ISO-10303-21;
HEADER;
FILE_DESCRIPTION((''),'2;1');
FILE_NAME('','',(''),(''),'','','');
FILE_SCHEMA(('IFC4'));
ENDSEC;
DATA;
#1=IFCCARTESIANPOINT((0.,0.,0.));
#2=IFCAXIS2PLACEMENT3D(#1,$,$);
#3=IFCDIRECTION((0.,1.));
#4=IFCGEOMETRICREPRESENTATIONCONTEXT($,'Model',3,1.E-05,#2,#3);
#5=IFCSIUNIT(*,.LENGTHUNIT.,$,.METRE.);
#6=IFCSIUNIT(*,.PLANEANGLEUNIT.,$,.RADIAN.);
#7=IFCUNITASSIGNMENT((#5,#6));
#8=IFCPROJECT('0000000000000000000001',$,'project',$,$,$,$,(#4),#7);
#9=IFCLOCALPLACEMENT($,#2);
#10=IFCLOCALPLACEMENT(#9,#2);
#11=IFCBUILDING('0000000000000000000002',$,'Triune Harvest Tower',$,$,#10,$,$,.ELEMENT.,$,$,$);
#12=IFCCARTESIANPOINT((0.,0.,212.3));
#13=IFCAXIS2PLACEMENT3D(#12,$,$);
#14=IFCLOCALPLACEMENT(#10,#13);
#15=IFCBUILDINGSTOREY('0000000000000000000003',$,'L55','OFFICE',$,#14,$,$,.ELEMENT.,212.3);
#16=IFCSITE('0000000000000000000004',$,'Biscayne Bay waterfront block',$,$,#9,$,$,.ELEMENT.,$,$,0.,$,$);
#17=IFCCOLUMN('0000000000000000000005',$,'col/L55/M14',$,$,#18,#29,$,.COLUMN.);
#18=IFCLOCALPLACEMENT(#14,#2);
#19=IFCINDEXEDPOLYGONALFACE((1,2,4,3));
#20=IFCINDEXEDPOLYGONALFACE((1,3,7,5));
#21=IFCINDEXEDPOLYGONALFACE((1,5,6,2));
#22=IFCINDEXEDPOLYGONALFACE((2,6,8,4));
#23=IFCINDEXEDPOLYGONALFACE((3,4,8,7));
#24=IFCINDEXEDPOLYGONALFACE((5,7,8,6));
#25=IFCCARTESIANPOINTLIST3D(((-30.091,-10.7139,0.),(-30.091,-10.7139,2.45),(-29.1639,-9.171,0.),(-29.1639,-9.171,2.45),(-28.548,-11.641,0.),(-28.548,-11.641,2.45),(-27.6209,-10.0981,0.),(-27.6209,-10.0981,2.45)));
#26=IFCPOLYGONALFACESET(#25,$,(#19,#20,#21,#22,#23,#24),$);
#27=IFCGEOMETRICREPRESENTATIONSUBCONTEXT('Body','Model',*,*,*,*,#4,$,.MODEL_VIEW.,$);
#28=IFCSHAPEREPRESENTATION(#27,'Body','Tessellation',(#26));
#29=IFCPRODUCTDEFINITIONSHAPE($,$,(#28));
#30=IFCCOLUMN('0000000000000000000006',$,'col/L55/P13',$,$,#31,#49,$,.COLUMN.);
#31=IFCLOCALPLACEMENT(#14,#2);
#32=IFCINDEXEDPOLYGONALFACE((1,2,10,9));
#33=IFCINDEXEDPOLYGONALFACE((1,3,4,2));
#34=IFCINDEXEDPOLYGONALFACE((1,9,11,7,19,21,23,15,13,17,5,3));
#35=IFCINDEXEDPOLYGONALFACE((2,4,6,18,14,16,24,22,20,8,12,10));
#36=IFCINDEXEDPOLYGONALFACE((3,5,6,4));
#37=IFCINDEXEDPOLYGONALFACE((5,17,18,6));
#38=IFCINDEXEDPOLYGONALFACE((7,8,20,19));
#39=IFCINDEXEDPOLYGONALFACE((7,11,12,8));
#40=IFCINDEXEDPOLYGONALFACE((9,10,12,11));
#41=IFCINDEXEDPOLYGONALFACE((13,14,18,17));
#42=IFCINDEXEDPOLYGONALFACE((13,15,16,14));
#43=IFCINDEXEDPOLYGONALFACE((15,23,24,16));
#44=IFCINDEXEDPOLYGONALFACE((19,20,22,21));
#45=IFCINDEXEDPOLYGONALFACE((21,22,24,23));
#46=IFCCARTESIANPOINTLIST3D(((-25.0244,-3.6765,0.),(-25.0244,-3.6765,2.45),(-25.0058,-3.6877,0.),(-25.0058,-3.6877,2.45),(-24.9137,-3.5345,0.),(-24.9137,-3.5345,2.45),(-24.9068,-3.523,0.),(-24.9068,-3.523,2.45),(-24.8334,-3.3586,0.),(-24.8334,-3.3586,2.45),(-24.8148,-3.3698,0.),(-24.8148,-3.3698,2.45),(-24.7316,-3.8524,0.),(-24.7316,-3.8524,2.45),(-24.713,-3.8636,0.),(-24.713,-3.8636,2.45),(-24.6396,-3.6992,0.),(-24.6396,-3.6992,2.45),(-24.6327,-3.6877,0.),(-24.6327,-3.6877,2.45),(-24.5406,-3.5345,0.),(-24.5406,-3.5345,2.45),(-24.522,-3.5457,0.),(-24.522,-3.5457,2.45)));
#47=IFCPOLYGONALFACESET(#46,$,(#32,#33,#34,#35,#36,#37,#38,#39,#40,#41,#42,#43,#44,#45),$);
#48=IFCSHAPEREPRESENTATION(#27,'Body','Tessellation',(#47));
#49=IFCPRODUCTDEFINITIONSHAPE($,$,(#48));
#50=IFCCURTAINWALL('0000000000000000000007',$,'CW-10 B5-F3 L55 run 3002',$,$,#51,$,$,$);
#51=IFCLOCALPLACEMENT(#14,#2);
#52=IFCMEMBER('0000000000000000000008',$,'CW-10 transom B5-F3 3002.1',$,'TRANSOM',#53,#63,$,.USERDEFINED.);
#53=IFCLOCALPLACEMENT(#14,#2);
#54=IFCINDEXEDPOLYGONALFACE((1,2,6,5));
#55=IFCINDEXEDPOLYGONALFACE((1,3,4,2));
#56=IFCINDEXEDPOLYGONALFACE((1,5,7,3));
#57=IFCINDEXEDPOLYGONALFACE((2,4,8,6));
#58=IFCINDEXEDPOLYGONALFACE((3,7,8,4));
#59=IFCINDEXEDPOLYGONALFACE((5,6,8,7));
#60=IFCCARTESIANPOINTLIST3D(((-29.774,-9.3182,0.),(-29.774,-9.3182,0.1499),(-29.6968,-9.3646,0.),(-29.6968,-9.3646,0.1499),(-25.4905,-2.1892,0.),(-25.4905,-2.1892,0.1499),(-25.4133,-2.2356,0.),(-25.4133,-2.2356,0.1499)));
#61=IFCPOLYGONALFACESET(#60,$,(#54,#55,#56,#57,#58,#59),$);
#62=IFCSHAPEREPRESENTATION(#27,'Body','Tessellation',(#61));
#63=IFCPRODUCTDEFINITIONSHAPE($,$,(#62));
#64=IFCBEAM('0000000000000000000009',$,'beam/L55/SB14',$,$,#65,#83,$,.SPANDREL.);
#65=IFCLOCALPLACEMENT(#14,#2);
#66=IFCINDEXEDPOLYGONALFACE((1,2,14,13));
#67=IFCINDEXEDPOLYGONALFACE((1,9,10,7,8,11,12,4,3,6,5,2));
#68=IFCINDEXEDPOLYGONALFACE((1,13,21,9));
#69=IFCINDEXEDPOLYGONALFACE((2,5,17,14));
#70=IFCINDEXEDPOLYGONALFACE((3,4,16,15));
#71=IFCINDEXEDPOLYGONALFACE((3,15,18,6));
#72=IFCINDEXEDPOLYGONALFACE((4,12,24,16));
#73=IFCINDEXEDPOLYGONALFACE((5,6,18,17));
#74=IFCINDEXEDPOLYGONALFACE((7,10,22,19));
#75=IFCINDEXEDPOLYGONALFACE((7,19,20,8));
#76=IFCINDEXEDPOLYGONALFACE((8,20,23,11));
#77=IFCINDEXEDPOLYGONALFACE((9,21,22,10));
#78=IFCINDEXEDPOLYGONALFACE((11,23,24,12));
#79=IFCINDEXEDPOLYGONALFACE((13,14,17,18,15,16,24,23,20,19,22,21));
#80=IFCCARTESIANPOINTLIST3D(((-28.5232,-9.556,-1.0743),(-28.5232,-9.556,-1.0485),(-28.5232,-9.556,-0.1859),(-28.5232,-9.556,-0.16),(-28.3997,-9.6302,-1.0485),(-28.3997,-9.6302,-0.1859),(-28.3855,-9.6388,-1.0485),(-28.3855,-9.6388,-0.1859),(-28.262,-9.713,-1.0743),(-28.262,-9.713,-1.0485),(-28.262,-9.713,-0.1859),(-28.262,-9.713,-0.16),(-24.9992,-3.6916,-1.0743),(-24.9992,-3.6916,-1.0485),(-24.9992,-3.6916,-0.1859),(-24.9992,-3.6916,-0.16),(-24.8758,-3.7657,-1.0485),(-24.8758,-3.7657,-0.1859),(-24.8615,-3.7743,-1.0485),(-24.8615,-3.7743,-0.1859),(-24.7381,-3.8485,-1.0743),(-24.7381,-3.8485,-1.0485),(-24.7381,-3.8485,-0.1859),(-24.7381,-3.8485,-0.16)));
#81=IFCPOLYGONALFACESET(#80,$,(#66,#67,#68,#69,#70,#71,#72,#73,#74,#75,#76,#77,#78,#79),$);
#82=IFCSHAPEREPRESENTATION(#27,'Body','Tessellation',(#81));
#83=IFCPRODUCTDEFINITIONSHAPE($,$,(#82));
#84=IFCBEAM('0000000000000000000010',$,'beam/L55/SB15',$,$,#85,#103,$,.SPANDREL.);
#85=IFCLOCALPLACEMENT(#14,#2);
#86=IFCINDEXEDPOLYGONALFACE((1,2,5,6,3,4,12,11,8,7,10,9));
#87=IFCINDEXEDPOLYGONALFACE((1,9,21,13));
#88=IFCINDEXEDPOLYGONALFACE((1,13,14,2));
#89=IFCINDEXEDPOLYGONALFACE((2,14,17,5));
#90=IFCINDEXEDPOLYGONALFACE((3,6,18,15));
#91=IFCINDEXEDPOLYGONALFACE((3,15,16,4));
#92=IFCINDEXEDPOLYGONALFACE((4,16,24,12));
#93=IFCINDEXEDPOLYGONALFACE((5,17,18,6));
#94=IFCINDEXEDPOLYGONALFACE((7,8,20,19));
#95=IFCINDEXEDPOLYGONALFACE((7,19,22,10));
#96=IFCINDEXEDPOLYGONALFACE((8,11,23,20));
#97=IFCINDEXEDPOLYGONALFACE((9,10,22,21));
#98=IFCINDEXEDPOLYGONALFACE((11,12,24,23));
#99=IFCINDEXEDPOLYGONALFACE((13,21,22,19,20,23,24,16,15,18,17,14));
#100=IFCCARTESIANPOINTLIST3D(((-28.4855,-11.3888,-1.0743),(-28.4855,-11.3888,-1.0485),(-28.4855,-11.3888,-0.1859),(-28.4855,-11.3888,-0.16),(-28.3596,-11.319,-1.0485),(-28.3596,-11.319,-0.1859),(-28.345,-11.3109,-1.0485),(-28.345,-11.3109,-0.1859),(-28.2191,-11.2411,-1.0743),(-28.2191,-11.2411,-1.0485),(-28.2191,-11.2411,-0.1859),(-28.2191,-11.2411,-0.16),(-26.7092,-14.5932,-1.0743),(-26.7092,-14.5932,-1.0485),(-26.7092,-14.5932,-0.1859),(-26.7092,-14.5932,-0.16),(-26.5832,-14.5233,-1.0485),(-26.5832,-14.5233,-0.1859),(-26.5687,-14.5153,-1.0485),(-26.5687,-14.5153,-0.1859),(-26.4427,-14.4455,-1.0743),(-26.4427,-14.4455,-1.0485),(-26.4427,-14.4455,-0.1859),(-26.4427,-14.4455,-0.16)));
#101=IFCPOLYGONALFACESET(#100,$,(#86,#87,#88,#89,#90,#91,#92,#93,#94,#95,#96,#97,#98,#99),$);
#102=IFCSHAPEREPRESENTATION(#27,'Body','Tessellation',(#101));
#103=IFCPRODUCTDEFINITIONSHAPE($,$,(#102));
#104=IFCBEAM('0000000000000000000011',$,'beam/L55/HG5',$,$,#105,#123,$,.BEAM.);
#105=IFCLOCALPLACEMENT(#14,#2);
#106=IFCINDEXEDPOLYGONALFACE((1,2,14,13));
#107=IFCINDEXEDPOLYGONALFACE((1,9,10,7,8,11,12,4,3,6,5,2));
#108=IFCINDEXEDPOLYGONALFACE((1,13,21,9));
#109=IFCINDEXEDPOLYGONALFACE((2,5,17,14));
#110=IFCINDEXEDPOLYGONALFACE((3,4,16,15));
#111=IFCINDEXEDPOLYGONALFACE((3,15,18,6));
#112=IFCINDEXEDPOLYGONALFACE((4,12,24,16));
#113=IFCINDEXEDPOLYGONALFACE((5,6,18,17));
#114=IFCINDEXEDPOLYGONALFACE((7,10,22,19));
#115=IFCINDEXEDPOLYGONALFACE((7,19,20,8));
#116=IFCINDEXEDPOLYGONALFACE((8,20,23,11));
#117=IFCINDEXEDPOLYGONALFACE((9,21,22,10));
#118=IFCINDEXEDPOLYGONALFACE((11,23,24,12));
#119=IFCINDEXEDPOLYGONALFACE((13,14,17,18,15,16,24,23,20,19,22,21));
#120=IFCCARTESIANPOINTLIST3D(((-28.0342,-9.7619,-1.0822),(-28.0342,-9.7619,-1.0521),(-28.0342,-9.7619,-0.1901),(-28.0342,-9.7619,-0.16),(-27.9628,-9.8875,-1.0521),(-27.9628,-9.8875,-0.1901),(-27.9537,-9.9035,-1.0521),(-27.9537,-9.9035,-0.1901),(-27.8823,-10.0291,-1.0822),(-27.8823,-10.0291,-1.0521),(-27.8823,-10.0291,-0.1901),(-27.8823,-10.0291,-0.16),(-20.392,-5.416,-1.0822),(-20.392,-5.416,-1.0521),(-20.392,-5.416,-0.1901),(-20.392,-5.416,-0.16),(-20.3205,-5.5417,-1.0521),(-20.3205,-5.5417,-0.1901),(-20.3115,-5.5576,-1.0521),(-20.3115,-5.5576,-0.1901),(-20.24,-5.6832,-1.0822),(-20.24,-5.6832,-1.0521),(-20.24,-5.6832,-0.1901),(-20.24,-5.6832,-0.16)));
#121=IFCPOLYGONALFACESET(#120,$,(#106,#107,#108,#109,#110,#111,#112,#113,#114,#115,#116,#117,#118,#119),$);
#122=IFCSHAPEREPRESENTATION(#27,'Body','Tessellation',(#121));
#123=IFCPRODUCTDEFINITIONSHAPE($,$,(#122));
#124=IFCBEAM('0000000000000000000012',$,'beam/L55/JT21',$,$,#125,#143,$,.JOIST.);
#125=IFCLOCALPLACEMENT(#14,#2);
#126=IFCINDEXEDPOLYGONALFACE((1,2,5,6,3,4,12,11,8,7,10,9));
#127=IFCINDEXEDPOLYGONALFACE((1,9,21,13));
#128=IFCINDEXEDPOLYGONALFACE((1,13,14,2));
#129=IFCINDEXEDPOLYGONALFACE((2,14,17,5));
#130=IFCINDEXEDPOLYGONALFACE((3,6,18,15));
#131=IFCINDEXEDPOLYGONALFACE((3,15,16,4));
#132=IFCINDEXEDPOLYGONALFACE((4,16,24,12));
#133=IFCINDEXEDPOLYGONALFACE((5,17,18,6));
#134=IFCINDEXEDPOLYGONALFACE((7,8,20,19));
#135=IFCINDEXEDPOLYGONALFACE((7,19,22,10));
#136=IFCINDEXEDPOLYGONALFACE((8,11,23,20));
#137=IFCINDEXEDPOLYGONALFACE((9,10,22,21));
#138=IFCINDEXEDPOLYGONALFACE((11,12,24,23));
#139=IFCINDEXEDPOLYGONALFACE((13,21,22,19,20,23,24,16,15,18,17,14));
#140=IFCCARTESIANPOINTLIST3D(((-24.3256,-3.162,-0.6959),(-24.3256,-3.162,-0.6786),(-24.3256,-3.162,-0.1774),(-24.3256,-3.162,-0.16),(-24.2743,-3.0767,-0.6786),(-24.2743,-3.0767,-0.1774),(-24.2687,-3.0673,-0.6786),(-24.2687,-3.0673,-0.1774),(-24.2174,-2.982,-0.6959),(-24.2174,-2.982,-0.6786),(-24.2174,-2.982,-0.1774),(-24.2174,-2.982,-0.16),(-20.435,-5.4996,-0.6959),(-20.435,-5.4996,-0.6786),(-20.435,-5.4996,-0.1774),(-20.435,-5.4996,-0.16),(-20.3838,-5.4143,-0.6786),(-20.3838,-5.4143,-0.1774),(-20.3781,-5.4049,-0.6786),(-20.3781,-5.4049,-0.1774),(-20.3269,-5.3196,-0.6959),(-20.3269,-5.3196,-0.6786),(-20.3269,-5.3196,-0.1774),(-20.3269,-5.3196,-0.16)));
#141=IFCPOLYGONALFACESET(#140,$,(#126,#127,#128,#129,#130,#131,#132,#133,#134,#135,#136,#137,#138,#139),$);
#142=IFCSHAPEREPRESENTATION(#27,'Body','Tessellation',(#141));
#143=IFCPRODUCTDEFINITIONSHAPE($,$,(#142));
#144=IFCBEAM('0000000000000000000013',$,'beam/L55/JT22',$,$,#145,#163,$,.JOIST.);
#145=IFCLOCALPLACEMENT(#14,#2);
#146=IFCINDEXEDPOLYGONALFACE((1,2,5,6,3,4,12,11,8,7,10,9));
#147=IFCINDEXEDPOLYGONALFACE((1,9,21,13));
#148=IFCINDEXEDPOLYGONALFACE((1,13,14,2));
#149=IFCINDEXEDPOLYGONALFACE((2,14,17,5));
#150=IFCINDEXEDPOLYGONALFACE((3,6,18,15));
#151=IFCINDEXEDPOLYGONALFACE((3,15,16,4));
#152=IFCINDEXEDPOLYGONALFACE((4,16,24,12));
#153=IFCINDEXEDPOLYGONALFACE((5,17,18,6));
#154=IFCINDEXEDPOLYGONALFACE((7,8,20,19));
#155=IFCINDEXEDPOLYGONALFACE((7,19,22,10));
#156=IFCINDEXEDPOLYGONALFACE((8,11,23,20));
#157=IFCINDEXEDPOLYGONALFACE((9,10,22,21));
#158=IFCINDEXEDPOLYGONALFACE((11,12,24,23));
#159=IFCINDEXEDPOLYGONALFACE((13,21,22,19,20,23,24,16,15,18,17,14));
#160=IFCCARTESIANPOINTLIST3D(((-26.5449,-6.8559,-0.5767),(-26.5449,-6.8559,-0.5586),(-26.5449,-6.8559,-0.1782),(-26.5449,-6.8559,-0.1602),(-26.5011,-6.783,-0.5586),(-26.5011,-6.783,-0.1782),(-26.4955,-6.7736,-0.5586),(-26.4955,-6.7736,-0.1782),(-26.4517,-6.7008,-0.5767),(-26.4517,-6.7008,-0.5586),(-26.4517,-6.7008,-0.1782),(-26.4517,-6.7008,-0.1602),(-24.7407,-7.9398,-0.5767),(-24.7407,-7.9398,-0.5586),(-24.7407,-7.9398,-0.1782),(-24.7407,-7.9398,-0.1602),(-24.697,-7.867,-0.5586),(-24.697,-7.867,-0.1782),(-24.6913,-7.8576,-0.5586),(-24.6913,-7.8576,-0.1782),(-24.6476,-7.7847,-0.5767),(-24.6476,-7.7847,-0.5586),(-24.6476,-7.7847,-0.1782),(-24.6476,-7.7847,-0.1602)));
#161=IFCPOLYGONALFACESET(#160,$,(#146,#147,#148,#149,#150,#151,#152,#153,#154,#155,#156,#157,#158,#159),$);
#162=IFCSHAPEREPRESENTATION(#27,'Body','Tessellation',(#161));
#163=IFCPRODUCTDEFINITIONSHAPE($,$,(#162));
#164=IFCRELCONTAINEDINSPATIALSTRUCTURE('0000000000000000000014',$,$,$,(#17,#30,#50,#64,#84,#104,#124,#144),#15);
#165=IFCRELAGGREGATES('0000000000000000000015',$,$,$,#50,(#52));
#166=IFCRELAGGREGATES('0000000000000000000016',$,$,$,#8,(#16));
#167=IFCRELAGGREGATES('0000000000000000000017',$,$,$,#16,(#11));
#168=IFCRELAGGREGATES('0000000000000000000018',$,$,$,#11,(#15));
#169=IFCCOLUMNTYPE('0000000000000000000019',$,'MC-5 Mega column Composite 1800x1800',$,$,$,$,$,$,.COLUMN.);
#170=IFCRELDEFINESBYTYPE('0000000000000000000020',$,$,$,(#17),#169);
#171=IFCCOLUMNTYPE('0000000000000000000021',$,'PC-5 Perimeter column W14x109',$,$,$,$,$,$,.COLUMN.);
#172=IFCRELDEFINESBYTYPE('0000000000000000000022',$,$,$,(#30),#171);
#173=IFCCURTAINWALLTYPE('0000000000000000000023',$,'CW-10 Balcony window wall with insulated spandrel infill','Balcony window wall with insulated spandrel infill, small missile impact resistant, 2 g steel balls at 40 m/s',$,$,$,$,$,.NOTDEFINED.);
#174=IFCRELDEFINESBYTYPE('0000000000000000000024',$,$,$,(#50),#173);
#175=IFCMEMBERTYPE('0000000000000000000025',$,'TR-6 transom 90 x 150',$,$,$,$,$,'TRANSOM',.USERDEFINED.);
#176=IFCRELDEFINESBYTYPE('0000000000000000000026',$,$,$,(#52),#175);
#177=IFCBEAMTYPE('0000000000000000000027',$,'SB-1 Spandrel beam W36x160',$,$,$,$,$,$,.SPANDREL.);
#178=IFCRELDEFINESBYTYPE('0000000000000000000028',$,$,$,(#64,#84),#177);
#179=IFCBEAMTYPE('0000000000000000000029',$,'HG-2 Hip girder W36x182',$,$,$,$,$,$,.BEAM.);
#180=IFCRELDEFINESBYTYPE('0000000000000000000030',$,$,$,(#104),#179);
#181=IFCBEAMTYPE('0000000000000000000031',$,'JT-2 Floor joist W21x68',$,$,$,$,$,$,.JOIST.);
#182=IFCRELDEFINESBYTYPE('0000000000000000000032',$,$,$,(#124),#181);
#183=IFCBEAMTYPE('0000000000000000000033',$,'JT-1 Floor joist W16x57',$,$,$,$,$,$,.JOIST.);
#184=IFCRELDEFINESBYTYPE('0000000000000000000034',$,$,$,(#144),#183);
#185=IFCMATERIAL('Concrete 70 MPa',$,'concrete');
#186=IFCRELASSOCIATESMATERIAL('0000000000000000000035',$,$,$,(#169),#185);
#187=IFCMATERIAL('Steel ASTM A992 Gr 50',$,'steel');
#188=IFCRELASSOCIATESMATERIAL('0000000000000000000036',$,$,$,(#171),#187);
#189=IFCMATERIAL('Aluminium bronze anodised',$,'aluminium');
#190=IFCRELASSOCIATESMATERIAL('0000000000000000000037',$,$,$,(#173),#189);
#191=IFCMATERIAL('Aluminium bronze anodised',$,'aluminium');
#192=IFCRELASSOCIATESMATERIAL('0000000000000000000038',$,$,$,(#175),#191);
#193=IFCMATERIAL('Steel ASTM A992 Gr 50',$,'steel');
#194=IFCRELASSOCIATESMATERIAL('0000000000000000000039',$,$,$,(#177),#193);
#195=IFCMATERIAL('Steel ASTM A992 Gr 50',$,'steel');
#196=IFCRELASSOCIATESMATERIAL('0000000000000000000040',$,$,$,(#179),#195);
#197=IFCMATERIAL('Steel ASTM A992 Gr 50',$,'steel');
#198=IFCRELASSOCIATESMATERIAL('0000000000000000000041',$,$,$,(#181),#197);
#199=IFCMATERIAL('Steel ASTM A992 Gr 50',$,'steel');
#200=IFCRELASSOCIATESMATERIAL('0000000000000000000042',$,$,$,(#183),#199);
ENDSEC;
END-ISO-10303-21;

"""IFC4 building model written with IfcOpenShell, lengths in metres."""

from ifc_helpers import new_model, si_unit, direction, frame, origin, origin_2d, place, context, subcontext, project, spatial, rectangle, i_section, extrude, source, transform, mapped, material, material_profile, profile_set, type_object, element, aggregate, save


model = new_model("IFC4")

# Units and contexts
model_context = context("Model", 3, precision=1e-05, world=origin(), true_north=direction((0.0, 1.0)))
body_context = subcontext(model_context, "Body", "Model", "MODEL_VIEW")
ifc_project = project(units=[si_unit("LENGTHUNIT", "METRE"), si_unit("PLANEANGLEUNIT", "RADIAN")], contexts=[model_context])

# Site, building, storey
site_placement = place(None, origin())
site = spatial("IfcSite", under=ifc_project, at=site_placement, Name="Biscayne Bay waterfront block", CompositionType="ELEMENT", RefElevation=0.0)
building_placement = place(site_placement, origin())
building = spatial("IfcBuilding", under=site, at=building_placement, Name="Triune Harvest Tower", CompositionType="ELEMENT")
storey_placement = place(building_placement, frame((0.0, 0.0, 212.3)))
storey = spatial("IfcBuildingStorey", under=building, at=storey_placement, Name="L55", Description="OFFICE", CompositionType="ELEMENT", Elevation=212.3)

# Columns
ifc_material_1 = material(Name="Concrete 70 MPa", Category="concrete")
ifc_material_profile_1 = material_profile(ifc_material_1, rectangle(XDim=1.8, YDim=1.8, at=origin_2d()), Name="Composite 1800x1800")
ifc_profile_set_1 = profile_set([ifc_material_profile_1], Name="Concrete 70 MPa")
column_type_1 = type_object("IfcColumnType", Name="MC-5 Mega column Composite 1800x1800", PredefinedType="COLUMN", material=ifc_profile_set_1)
shared_shape_1 = source(origin(), body_context, "Body", "SweptSolid", [
    extrude(rectangle(XDim=1.8, YDim=1.8, at=origin_2d()), origin(), (0.0, 0.0, 1.0), 2.45),
])
column_1_placement = place(storey_placement, frame((-28.856, -10.406, 0.0), z_axis=(0.0, 0.0, 1.0), x_axis=(-0.515037, -0.857168, 0.0)))
element("IfcColumn", 1, at=column_1_placement, inside=storey, type_object=column_type_1, Name="col/L55/M14", PredefinedType="COLUMN", context=body_context, shape_type="MappedRepresentation", body=[
    mapped(shared_shape_1, transform((0.0, 0.0, 0.0), scale=1.0)),
])
ifc_material_2 = material(Name="Steel ASTM A992 Gr 50", Category="steel")
ifc_material_profile_2 = material_profile(ifc_material_2, i_section(OverallWidth=0.3708, OverallDepth=0.3633, WebThickness=0.0134, FlangeThickness=0.0217, at=origin_2d()), Name="W14x109")
ifc_profile_set_2 = profile_set([ifc_material_profile_2], Name="Steel ASTM A992 Gr 50")
column_type_2 = type_object("IfcColumnType", Name="PC-5 Perimeter column W14x109", PredefinedType="COLUMN", material=ifc_profile_set_2)
shared_shape_2 = source(origin(), body_context, "Body", "SweptSolid", [
    extrude(i_section(OverallWidth=0.3708, OverallDepth=0.3633, WebThickness=0.0134, FlangeThickness=0.0217, at=origin_2d()), origin(), (0.0, 0.0, 1.0), 2.45),
])
column_2_placement = place(storey_placement, frame((-24.7732, -3.6111, 0.0), z_axis=(0.0, 0.0, 1.0), x_axis=(-0.515037, -0.857168, 0.0)))
element("IfcColumn", 2, at=column_2_placement, inside=storey, type_object=column_type_2, Name="col/L55/P13", PredefinedType="COLUMN", context=body_context, shape_type="MappedRepresentation", body=[
    mapped(shared_shape_2, transform((0.0, 0.0, 0.0), scale=1.0)),
])

# Curtain wall, member
ifc_material_3 = material(Name="Aluminium bronze anodised", Category="aluminium")
curtain_wall_type_1 = type_object("IfcCurtainWallType", Name="CW-10 Balcony window wall with insulated spandrel infill", Description="Balcony window wall with insulated spandrel infill, small missile impact resistant, 2 g steel balls at 40 m/s", PredefinedType="NOTDEFINED", material=ifc_material_3)
curtain_wall_1_placement = place(storey_placement, origin())
curtain_wall_1 = element("IfcCurtainWall", 3, at=curtain_wall_1_placement, inside=storey, type_object=curtain_wall_type_1, Name="CW-10 B5-F3 L55 run 3002")
ifc_material_4 = material(Name="Aluminium bronze anodised", Category="aluminium")
ifc_material_profile_3 = material_profile(ifc_material_4, rectangle(XDim=0.0901, YDim=0.1499, at=origin_2d()), Name="TR-6 transom 90 x 150")
ifc_profile_set_3 = profile_set([ifc_material_profile_3], Name="Aluminium bronze anodised")
member_type_1 = type_object("IfcMemberType", Name="TR-6 transom 90 x 150", ElementType="TRANSOM", PredefinedType="USERDEFINED", material=ifc_profile_set_3)
member_1_placement = place(storey_placement, frame((-25.4519, -2.2124, 0.075), z_axis=(-0.515035, -0.857169, 0.0), x_axis=(0.857169, -0.515035, 0.0)))
member_1 = element("IfcMember", 4, at=member_1_placement, type_object=member_type_1, Name="CW-10 transom B5-F3 3002.1", ObjectType="TRANSOM", PredefinedType="USERDEFINED", context=body_context, shape_type="SweptSolid", body=[
    extrude(rectangle(XDim=0.0901, YDim=0.1499, at=origin_2d()), origin(), (0.0, 0.0, 1.0), 8.3169),
])

# Beams
ifc_material_5 = material(Name="Steel ASTM A992 Gr 50", Category="steel")
ifc_material_profile_4 = material_profile(ifc_material_5, i_section(OverallWidth=0.3047, OverallDepth=0.9143, WebThickness=0.0166, FlangeThickness=0.0259, at=origin_2d()), Name="W36x160")
ifc_profile_set_4 = profile_set([ifc_material_profile_4], Name="Steel ASTM A992 Gr 50")
beam_type_1 = type_object("IfcBeamType", Name="SB-1 Spandrel beam W36x160", PredefinedType="SPANDREL", material=ifc_profile_set_4)
shared_shape_3 = source(origin(), body_context, "Body", "SweptSolid", [
    extrude(i_section(OverallWidth=0.3047, OverallDepth=0.9143, WebThickness=0.0166, FlangeThickness=0.0259, at=origin_2d()), origin(), (0.0, 0.0, 1.0), 6.8418),
])
beam_1_placement = place(storey_placement, frame((-24.8687, -3.77, -0.6172), z_axis=(-0.515057, -0.857156, 0.0), x_axis=(0.857156, -0.515057, 0.0)))
element("IfcBeam", 5, at=beam_1_placement, inside=storey, type_object=beam_type_1, Name="beam/L55/SB14", PredefinedType="SPANDREL", context=body_context, shape_type="MappedRepresentation", body=[
    mapped(shared_shape_3, transform((0.0, 0.0, 0.0), scale=1.0)),
])
shared_shape_4 = source(origin(), body_context, "Body", "SweptSolid", [
    extrude(i_section(OverallWidth=0.3047, OverallDepth=0.9143, WebThickness=0.0166, FlangeThickness=0.0259, at=origin_2d()), origin(), (0.0, 0.0, 1.0), 3.6638),
])
beam_2_placement = place(storey_placement, frame((-28.3523, -11.3149, -0.6172), z_axis=(0.484845, -0.8746, 0.0), x_axis=(0.8746, 0.484845, 0.0)))
element("IfcBeam", 6, at=beam_2_placement, inside=storey, type_object=beam_type_1, Name="beam/L55/SB15", PredefinedType="SPANDREL", context=body_context, shape_type="MappedRepresentation", body=[
    mapped(shared_shape_4, transform((0.0, 0.0, 0.0), scale=1.0)),
])
ifc_material_6 = material(Name="Steel ASTM A992 Gr 50", Category="steel")
ifc_material_profile_5 = material_profile(ifc_material_6, i_section(OverallWidth=0.3074, OverallDepth=0.9221, WebThickness=0.0183, FlangeThickness=0.03, at=origin_2d()), Name="W36x182")
ifc_profile_set_5 = profile_set([ifc_material_profile_5], Name="Steel ASTM A992 Gr 50")
beam_type_2 = type_object("IfcBeamType", Name="HG-2 Hip girder W36x182", PredefinedType="BEAM", material=ifc_profile_set_5)
shared_shape_5 = source(origin(), body_context, "Body", "SweptSolid", [
    extrude(i_section(OverallWidth=0.3074, OverallDepth=0.9221, WebThickness=0.0183, FlangeThickness=0.03, at=origin_2d()), origin(), (0.0, 0.0, 1.0), 8.7915),
])
beam_3_placement = place(storey_placement, frame((-27.9583, -9.8955, -0.6211), z_axis=(0.869275, 0.494329, 0.0), x_axis=(-0.494329, 0.869275, 0.0)))
element("IfcBeam", 7, at=beam_3_placement, inside=storey, type_object=beam_type_2, Name="beam/L55/HG5", PredefinedType="BEAM", context=body_context, shape_type="MappedRepresentation", body=[
    mapped(shared_shape_5, transform((0.0, 0.0, 0.0), scale=1.0)),
])
ifc_material_7 = material(Name="Steel ASTM A992 Gr 50", Category="steel")
ifc_material_profile_6 = material_profile(ifc_material_7, i_section(OverallWidth=0.21, OverallDepth=0.5359, WebThickness=0.011, FlangeThickness=0.0173, at=origin_2d()), Name="W21x68")
ifc_profile_set_6 = profile_set([ifc_material_profile_6], Name="Steel ASTM A992 Gr 50")
beam_type_3 = type_object("IfcBeamType", Name="JT-2 Floor joist W21x68", PredefinedType="JOIST", material=ifc_profile_set_6)
shared_shape_6 = source(origin(), body_context, "Body", "SweptSolid", [
    extrude(i_section(OverallWidth=0.21, OverallDepth=0.5359, WebThickness=0.011, FlangeThickness=0.0173, at=origin_2d()), origin(), (0.0, 0.0, 1.0), 4.5388),
])
beam_4_placement = place(storey_placement, frame((-24.2715, -3.072, -0.428), z_axis=(0.857175, -0.515026, 0.0), x_axis=(0.515026, 0.857175, 0.0)))
element("IfcBeam", 8, at=beam_4_placement, inside=storey, type_object=beam_type_3, Name="beam/L55/JT21", PredefinedType="JOIST", context=body_context, shape_type="MappedRepresentation", body=[
    mapped(shared_shape_6, transform((0.0, 0.0, 0.0), scale=1.0)),
])
ifc_material_8 = material(Name="Steel ASTM A992 Gr 50", Category="steel")
ifc_material_profile_7 = material_profile(ifc_material_8, i_section(OverallWidth=0.1809, OverallDepth=0.4165, WebThickness=0.011, FlangeThickness=0.0181, at=origin_2d()), Name="W16x57")
ifc_profile_set_7 = profile_set([ifc_material_profile_7], Name="Steel ASTM A992 Gr 50")
beam_type_4 = type_object("IfcBeamType", Name="JT-1 Floor joist W16x57", PredefinedType="JOIST", material=ifc_profile_set_7)
shared_shape_7 = source(origin(), body_context, "Body", "SweptSolid", [
    extrude(i_section(OverallWidth=0.1809, OverallDepth=0.4165, WebThickness=0.011, FlangeThickness=0.0181, at=origin_2d()), origin(), (0.0, 0.0, 1.0), 2.1047),
])
beam_5_placement = place(storey_placement, frame((-26.4983, -6.7783, -0.3684), z_axis=(0.857186, -0.515007, 0.0), x_axis=(0.515007, 0.857186, 0.0)))
element("IfcBeam", 9, at=beam_5_placement, inside=storey, type_object=beam_type_4, Name="beam/L55/JT22", PredefinedType="JOIST", context=body_context, shape_type="MappedRepresentation", body=[
    mapped(shared_shape_7, transform((0.0, 0.0, 0.0), scale=1.0)),
])

aggregate(curtain_wall_1, [member_1])

save(model, "model.ifc")
